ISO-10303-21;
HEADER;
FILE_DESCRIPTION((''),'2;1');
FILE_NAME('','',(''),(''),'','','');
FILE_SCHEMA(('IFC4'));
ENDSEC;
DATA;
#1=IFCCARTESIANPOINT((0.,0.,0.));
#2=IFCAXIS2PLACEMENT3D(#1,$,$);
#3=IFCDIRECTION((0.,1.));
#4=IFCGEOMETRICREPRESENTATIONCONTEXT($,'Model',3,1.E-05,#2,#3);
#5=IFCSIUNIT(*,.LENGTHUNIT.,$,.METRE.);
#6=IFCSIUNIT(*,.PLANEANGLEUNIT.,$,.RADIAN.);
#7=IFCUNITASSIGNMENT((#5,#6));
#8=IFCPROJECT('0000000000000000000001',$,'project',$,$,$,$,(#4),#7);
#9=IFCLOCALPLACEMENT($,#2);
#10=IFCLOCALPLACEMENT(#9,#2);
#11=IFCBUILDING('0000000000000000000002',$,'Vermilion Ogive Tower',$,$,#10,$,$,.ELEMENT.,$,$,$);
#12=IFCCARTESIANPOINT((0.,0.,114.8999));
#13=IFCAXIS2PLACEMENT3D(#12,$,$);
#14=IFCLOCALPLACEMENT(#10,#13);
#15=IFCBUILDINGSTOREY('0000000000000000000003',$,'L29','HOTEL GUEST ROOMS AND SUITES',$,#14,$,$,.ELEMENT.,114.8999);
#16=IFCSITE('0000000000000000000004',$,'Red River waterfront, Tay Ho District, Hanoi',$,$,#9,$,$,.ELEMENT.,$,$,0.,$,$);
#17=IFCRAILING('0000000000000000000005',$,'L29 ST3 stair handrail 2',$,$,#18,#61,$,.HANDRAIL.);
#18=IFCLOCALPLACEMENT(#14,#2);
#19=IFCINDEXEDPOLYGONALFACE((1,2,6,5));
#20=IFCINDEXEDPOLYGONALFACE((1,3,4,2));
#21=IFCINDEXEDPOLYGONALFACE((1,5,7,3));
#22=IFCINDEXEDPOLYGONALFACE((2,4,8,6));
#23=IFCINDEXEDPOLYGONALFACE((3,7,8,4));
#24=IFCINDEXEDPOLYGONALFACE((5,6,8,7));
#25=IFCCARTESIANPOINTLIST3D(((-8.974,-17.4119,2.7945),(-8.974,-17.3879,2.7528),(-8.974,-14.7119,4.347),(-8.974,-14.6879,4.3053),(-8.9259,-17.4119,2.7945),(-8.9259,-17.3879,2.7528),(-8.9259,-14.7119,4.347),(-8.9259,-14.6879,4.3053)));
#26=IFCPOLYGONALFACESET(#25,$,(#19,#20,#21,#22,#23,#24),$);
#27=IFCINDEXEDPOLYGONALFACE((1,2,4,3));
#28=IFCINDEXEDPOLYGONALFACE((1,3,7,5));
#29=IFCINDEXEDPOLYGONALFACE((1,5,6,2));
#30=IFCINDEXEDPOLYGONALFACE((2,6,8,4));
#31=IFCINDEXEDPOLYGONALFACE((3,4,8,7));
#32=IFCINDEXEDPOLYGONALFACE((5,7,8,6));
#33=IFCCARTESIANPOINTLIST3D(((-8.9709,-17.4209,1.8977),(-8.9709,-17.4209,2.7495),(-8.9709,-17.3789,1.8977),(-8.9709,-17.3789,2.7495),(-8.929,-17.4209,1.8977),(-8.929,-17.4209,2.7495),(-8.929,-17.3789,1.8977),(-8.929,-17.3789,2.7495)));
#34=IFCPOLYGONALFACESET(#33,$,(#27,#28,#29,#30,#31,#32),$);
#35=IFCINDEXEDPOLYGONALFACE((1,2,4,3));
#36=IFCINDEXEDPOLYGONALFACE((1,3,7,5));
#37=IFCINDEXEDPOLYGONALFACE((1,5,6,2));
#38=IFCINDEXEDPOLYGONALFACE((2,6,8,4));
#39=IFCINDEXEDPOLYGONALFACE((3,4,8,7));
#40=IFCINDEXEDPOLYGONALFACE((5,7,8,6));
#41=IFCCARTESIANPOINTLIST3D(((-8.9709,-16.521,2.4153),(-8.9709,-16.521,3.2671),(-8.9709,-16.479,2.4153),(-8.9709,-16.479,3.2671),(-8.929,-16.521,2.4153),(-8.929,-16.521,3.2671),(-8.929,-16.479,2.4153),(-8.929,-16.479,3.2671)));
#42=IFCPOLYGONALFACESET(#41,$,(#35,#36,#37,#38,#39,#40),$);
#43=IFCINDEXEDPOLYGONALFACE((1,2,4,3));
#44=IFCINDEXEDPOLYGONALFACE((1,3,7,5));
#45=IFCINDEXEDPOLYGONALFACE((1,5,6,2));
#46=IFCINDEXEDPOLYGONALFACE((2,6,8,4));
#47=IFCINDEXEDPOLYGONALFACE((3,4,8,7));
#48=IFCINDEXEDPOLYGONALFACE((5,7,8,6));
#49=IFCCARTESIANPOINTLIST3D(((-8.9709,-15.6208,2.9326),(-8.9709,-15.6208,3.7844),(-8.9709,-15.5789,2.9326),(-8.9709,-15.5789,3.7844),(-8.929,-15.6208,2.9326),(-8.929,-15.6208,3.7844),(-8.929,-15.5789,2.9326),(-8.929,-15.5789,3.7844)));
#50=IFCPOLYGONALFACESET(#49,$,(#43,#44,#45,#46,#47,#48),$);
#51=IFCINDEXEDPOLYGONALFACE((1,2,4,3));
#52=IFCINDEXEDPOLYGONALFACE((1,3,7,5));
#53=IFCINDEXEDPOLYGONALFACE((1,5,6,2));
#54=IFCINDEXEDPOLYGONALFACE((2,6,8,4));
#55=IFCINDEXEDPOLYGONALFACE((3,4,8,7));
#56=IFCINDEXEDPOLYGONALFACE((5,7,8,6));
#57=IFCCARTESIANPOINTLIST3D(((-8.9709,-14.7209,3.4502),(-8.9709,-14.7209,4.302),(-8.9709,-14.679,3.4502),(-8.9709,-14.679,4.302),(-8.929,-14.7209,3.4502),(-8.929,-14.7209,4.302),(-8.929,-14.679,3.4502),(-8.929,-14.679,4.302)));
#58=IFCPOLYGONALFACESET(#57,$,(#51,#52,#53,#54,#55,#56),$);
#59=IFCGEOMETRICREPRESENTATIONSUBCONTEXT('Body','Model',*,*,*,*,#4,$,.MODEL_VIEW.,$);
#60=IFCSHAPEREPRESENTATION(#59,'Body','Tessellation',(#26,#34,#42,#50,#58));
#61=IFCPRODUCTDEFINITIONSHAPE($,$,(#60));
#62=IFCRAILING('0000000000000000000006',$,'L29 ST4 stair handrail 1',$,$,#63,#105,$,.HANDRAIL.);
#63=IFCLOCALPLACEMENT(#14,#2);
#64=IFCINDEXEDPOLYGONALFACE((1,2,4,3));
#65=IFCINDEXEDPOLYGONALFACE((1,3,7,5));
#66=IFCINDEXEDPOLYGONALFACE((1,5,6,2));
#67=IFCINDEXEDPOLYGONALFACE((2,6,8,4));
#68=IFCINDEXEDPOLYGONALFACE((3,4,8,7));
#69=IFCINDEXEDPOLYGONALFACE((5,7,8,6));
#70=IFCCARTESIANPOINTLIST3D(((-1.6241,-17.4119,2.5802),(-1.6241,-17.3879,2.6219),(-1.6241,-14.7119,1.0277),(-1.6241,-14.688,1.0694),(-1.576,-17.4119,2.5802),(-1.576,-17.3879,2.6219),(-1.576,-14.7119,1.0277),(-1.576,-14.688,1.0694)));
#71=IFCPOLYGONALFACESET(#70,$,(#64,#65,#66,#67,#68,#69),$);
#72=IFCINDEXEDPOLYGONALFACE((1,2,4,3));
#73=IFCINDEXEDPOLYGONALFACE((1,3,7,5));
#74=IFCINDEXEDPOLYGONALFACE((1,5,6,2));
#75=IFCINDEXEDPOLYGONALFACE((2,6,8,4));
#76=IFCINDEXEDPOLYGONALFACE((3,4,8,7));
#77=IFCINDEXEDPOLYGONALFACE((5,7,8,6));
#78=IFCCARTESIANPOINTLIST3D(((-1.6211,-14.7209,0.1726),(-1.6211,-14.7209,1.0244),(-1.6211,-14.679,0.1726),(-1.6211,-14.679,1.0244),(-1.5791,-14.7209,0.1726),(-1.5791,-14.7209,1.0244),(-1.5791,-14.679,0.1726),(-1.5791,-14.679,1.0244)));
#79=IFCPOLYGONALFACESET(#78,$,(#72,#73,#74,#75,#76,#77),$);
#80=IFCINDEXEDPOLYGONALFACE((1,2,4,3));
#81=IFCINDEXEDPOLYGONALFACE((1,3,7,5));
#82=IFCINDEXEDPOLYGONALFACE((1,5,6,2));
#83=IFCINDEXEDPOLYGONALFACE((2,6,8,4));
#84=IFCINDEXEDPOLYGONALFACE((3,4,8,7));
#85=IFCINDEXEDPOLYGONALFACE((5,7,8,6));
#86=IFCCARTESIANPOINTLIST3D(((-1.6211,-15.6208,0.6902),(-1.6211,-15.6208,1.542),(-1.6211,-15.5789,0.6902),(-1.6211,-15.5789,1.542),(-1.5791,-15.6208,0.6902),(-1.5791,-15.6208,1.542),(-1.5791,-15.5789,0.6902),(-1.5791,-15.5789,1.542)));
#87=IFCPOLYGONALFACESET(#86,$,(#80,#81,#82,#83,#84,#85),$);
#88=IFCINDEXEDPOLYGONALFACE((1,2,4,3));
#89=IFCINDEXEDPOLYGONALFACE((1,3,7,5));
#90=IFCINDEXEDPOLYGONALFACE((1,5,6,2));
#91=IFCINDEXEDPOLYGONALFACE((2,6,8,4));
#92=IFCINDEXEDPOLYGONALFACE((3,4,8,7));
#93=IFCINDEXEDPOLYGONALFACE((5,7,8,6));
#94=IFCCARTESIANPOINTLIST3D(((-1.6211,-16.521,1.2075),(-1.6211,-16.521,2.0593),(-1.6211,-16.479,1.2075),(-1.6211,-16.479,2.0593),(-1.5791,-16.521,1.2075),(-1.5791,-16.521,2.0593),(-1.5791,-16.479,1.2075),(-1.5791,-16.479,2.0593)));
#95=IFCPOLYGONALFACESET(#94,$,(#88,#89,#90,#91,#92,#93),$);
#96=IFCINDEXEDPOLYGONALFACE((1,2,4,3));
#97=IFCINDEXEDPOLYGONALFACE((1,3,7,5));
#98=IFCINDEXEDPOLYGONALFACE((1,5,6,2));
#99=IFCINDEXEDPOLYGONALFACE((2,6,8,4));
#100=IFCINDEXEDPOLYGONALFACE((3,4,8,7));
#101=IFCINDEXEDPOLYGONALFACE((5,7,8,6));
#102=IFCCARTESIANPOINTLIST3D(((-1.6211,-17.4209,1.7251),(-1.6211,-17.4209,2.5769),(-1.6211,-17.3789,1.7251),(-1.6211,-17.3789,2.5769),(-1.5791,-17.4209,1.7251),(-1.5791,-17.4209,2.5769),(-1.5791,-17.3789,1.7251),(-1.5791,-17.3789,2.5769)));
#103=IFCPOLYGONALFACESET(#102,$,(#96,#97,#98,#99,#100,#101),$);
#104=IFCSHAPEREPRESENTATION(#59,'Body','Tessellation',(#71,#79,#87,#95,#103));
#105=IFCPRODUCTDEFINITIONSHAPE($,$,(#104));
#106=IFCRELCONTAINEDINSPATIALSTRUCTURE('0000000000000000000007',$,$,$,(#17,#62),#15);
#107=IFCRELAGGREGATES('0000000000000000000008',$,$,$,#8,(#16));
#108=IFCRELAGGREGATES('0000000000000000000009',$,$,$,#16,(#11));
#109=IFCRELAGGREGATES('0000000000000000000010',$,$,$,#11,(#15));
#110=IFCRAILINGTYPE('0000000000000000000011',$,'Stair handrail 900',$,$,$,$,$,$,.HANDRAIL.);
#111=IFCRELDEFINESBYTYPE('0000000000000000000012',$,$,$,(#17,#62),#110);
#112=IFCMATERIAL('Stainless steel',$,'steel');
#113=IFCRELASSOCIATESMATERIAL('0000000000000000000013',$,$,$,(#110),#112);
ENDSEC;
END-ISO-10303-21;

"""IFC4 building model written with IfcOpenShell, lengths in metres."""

from ifc_helpers import new_model, si_unit, direction, frame, origin, origin_2d, place, context, subcontext, project, spatial, rectangle, extrude, material, type_object, element, save


model = new_model("IFC4")

# Units and contexts
model_context = context("Model", 3, precision=1e-05, world=origin(), true_north=direction((0.0, 1.0)))
body_context = subcontext(model_context, "Body", "Model", "MODEL_VIEW")
ifc_project = project(units=[si_unit("LENGTHUNIT", "METRE"), si_unit("PLANEANGLEUNIT", "RADIAN")], contexts=[model_context])

# Site, building, storey
site_placement = place(None, origin())
site = spatial("IfcSite", under=ifc_project, at=site_placement, Name="Red River waterfront, Tay Ho District, Hanoi", CompositionType="ELEMENT", RefElevation=0.0)
building_placement = place(site_placement, origin())
building = spatial("IfcBuilding", under=site, at=building_placement, Name="Vermilion Ogive Tower", CompositionType="ELEMENT")
storey_placement = place(building_placement, frame((0.0, 0.0, 114.8999)))
storey = spatial("IfcBuildingStorey", under=building, at=storey_placement, Name="L29", Description="HOTEL GUEST ROOMS AND SUITES", CompositionType="ELEMENT", Elevation=114.8999)

# Railings
ifc_material_1 = material(Name="Stainless steel", Category="steel")
railing_type_1 = type_object("IfcRailingType", Name="Stair handrail 900", PredefinedType="HANDRAIL", material=ifc_material_1)
railing_1_placement = place(storey_placement, frame((-8.95, -17.3999, 1.8977)))
element("IfcRailing", 1, at=railing_1_placement, inside=storey, type_object=railing_type_1, Name="L29 ST3 stair handrail 2", PredefinedType="HANDRAIL", context=body_context, shape_type="SweptSolid", body=[
    extrude(rectangle(XDim=0.0481, YDim=0.0481, at=origin_2d()), frame((0.0, 0.0, 0.876), z_axis=(0.0, 0.866904, 0.498476), x_axis=(-1.0, 0.0, 0.0)), (0.0, 0.0, 1.0), 3.1145),
    extrude(rectangle(XDim=0.042, YDim=0.042, at=origin_2d()), origin(), (0.0, 0.0, 1.0), 0.8518),
    extrude(rectangle(XDim=0.042, YDim=0.042, at=origin_2d()), frame((0.0, 0.8999, 0.5176)), (0.0, 0.0, 1.0), 0.8518),
    extrude(rectangle(XDim=0.042, YDim=0.042, at=origin_2d()), frame((0.0, 1.8, 1.0349)), (0.0, 0.0, 1.0), 0.8518),
    extrude(rectangle(XDim=0.042, YDim=0.042, at=origin_2d()), frame((0.0, 2.7, 1.5525)), (0.0, 0.0, 1.0), 0.8518),
])
railing_2_placement = place(storey_placement, frame((-1.6001, -14.7, 0.1726)))
element("IfcRailing", 2, at=railing_2_placement, inside=storey, type_object=railing_type_1, Name="L29 ST4 stair handrail 1", PredefinedType="HANDRAIL", context=body_context, shape_type="SweptSolid", body=[
    extrude(rectangle(XDim=0.0481, YDim=0.0481, at=origin_2d()), frame((0.0, 0.0, 0.876), z_axis=(0.0, -0.866904, 0.498476), x_axis=(1.0, 0.0, 0.0)), (0.0, 0.0, 1.0), 3.1145),
    extrude(rectangle(XDim=0.042, YDim=0.042, at=origin_2d()), origin(), (0.0, 0.0, 1.0), 0.8518),
    extrude(rectangle(XDim=0.042, YDim=0.042, at=origin_2d()), frame((0.0, -0.8999, 0.5176)), (0.0, 0.0, 1.0), 0.8518),
    extrude(rectangle(XDim=0.042, YDim=0.042, at=origin_2d()), frame((0.0, -1.8, 1.0349)), (0.0, 0.0, 1.0), 0.8518),
    extrude(rectangle(XDim=0.042, YDim=0.042, at=origin_2d()), frame((0.0, -2.7, 1.5525)), (0.0, 0.0, 1.0), 0.8518),
])

save(model, "model.ifc")
